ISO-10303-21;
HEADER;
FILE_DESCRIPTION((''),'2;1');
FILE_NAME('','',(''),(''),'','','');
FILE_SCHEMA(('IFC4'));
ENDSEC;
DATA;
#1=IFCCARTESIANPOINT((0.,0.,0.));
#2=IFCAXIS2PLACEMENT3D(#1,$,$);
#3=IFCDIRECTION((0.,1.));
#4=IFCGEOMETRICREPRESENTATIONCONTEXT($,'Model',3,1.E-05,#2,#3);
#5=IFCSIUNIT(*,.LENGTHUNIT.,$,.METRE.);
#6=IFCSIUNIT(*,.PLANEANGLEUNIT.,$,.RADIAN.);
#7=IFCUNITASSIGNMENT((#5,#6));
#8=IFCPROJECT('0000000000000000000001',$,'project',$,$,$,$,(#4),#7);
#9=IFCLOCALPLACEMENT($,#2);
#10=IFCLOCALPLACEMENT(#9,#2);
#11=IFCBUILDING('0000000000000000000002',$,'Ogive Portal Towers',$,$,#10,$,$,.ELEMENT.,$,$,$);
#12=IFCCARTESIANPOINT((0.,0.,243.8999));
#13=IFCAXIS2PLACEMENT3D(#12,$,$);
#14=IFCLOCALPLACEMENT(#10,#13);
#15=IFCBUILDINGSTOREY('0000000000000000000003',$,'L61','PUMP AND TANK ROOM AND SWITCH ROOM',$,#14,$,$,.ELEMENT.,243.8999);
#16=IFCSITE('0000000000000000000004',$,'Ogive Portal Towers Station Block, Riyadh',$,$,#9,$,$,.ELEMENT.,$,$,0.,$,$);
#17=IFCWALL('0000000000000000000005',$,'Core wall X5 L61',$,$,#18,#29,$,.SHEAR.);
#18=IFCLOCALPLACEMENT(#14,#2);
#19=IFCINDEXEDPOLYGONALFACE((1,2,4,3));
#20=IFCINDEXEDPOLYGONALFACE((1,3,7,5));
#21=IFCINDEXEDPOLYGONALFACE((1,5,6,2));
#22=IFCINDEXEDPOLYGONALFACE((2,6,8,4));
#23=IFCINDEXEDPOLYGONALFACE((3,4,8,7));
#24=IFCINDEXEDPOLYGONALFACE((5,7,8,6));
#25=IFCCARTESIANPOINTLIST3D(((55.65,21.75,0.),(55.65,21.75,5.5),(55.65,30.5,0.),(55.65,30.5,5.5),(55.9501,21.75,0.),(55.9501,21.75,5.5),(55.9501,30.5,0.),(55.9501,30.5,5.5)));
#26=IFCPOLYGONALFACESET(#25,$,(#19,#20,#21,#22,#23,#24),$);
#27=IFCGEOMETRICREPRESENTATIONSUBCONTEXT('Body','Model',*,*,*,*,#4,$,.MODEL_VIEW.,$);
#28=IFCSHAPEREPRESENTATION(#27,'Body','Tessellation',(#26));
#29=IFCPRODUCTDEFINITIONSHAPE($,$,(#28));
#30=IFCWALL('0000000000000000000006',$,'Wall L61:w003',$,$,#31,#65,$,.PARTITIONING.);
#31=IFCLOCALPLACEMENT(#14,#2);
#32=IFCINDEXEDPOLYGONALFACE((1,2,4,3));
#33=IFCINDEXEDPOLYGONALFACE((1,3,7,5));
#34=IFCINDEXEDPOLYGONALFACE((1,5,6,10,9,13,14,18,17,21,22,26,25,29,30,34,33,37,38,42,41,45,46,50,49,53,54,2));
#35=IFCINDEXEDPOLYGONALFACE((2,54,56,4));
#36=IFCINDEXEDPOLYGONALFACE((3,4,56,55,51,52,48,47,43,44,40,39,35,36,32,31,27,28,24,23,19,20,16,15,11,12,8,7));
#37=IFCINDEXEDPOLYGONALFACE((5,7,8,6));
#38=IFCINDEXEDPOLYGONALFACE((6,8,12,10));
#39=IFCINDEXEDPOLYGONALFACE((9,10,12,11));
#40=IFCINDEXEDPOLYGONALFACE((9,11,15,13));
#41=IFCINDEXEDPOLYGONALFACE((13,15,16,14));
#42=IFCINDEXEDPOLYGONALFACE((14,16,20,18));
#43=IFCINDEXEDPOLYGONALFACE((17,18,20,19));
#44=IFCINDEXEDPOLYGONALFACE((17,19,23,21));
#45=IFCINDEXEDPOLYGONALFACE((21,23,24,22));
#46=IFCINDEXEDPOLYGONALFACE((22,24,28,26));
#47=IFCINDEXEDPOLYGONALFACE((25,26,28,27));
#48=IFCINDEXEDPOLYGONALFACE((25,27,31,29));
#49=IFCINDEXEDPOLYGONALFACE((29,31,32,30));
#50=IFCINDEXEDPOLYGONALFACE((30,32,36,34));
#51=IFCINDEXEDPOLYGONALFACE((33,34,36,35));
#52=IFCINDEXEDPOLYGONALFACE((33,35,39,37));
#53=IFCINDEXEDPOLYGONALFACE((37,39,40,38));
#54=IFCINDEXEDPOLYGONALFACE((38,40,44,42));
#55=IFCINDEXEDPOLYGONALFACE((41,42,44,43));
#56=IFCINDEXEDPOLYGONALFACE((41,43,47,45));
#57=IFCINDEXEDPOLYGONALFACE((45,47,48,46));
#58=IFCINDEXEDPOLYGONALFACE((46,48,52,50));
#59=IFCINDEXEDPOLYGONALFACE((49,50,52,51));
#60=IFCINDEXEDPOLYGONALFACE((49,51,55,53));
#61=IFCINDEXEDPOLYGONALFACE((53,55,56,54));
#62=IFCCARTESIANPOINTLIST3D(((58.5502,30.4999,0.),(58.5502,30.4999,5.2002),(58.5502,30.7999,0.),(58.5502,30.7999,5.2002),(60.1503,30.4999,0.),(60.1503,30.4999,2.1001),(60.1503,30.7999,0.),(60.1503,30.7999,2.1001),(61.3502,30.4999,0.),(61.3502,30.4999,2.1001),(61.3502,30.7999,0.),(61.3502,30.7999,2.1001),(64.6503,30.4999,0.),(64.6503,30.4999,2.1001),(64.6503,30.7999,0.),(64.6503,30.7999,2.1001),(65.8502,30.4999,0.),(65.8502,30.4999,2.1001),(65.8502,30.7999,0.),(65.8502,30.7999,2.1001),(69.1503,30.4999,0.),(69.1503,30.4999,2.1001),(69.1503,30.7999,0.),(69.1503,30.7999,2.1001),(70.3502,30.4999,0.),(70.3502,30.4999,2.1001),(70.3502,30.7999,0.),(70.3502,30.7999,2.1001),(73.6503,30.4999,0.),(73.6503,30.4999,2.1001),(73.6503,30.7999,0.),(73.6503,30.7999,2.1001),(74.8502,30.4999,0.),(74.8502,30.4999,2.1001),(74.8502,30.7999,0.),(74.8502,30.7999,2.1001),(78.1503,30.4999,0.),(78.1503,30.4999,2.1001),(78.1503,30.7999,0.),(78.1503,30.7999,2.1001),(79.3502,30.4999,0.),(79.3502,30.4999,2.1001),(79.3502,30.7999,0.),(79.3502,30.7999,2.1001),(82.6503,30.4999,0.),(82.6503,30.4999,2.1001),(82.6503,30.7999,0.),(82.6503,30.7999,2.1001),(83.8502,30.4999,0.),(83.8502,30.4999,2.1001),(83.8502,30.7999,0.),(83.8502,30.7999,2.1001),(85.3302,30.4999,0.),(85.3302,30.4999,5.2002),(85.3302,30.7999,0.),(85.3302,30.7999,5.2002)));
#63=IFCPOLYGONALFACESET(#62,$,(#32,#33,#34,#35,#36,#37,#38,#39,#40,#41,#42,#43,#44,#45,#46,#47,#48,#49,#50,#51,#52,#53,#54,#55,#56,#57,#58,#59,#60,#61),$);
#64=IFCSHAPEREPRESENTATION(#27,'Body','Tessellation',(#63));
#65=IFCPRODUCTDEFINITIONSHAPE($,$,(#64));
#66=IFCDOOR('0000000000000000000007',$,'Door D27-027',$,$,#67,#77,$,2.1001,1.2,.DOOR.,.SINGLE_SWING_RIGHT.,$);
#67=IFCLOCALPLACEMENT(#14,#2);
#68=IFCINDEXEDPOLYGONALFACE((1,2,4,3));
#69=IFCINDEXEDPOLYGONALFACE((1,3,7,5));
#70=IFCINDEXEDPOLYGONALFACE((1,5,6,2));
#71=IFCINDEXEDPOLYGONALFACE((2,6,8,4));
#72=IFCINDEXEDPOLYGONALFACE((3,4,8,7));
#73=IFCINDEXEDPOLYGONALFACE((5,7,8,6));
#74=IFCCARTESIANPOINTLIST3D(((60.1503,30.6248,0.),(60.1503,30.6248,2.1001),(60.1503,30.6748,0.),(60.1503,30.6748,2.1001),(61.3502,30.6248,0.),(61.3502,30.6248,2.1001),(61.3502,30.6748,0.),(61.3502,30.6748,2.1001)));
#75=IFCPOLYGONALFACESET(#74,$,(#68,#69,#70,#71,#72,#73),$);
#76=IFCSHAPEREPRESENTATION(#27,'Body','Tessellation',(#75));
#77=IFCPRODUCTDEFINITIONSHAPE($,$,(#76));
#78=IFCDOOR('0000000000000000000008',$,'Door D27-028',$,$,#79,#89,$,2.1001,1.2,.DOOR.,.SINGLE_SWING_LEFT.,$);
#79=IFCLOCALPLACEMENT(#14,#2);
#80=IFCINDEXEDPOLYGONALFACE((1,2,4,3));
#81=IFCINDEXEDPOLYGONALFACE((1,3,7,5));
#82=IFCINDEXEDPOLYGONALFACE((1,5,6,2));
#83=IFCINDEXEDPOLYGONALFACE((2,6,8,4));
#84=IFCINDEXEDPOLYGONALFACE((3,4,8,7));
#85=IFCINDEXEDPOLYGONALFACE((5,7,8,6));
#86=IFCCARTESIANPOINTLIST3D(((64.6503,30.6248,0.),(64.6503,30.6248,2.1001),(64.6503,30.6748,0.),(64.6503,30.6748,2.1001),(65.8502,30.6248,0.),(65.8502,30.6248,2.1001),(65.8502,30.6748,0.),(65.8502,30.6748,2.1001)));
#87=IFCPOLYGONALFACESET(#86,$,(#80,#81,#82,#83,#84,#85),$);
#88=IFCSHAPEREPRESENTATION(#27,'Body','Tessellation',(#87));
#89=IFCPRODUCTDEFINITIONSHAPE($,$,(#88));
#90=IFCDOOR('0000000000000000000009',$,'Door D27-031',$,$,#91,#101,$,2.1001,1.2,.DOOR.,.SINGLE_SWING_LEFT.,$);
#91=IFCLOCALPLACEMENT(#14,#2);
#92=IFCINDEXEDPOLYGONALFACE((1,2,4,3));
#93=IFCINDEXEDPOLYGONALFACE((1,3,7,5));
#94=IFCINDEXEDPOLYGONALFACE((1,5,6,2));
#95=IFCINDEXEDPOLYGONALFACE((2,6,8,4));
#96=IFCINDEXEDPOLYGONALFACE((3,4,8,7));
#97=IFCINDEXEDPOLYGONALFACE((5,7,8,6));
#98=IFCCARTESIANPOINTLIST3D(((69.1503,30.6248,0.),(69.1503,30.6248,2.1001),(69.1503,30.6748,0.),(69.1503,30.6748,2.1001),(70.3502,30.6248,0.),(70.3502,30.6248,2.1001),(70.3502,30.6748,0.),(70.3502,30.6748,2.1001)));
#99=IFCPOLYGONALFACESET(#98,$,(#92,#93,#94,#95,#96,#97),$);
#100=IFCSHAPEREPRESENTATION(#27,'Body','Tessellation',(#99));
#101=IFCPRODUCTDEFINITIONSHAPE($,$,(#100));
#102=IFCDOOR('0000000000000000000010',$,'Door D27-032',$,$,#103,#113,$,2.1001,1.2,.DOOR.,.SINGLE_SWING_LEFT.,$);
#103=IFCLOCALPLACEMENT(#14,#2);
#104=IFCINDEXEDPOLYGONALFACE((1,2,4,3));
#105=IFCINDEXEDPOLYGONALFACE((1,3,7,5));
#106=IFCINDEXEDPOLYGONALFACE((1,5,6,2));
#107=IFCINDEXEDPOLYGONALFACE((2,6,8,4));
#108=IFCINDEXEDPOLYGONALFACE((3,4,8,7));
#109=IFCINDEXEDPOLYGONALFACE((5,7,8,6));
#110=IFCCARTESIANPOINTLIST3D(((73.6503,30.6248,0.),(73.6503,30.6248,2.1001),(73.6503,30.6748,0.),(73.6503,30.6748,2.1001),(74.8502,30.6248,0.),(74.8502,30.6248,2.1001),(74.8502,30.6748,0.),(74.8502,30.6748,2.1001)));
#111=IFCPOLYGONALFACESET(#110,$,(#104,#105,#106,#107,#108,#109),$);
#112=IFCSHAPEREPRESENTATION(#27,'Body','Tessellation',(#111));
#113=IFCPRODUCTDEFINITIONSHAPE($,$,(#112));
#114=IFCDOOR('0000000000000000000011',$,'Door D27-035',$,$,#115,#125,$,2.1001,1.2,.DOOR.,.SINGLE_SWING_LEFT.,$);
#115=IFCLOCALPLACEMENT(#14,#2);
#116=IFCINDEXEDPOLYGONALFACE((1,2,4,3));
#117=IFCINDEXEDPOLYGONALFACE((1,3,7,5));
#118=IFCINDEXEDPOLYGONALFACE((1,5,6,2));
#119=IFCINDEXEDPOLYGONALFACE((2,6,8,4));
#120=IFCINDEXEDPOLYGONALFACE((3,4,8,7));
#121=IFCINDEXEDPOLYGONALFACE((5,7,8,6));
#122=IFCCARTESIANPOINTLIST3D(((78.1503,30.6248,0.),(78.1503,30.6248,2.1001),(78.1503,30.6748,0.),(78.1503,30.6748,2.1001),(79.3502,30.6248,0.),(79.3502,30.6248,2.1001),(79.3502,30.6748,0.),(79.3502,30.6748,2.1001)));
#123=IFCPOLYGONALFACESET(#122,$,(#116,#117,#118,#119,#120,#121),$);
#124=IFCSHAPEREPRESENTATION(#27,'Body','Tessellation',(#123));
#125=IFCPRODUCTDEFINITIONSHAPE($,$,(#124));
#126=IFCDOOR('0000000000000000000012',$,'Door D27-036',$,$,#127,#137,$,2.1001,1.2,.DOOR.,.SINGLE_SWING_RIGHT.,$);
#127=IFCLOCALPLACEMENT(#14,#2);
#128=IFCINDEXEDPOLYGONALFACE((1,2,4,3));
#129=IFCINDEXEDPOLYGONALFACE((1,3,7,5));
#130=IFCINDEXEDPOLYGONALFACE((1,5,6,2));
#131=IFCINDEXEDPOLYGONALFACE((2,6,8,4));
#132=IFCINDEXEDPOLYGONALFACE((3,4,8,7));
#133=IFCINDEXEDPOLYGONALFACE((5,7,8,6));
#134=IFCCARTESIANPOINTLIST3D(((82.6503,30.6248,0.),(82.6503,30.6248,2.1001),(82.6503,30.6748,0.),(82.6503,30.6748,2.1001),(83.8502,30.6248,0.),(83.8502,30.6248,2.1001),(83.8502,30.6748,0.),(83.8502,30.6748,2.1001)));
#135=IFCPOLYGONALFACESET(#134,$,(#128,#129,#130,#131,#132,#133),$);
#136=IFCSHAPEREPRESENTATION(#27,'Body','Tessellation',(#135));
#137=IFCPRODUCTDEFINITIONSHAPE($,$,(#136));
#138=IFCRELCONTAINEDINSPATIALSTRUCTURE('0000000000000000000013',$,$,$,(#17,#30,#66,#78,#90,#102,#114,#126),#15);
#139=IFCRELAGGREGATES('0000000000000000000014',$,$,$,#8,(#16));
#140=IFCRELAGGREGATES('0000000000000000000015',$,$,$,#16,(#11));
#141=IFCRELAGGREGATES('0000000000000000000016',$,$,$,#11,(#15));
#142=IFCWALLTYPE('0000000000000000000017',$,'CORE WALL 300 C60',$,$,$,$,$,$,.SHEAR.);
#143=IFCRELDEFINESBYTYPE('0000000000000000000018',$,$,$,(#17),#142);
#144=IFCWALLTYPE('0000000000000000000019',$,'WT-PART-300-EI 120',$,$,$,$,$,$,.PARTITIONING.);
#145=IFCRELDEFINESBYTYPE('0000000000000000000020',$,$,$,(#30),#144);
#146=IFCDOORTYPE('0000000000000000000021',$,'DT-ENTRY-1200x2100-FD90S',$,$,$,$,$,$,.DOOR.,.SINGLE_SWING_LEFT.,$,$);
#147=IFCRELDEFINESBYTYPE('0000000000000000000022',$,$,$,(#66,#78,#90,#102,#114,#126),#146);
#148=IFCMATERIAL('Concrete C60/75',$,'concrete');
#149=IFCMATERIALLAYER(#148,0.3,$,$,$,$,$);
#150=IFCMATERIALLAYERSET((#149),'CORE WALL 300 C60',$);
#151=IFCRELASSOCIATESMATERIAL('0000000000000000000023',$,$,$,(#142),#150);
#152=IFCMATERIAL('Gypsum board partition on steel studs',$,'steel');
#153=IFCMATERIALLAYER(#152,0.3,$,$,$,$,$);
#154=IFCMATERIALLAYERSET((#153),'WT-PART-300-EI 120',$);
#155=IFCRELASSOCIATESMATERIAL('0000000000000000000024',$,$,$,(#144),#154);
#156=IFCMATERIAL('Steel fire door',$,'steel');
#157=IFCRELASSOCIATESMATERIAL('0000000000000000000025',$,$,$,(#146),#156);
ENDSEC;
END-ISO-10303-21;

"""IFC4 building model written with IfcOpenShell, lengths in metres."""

from ifc_helpers import new_model, si_unit, direction, frame, frame_2d, origin, place, context, subcontext, project, spatial, rectangle, extrude, material, layer, layer_set, type_object, element, fill, save


model = new_model("IFC4")

# Units and contexts
model_context = context("Model", 3, precision=1e-05, world=origin(), true_north=direction((0.0, 1.0)))
body_context = subcontext(model_context, "Body", "Model", "MODEL_VIEW")
ifc_project = project(units=[si_unit("LENGTHUNIT", "METRE"), si_unit("PLANEANGLEUNIT", "RADIAN")], contexts=[model_context])

# Site, building, storey
site_placement = place(None, origin())
site = spatial("IfcSite", under=ifc_project, at=site_placement, Name="Ogive Portal Towers Station Block, Riyadh", CompositionType="ELEMENT", RefElevation=0.0)
building_placement = place(site_placement, origin())
building = spatial("IfcBuilding", under=site, at=building_placement, Name="Ogive Portal Towers", CompositionType="ELEMENT")
storey_placement = place(building_placement, frame((0.0, 0.0, 243.8999)))
storey = spatial("IfcBuildingStorey", under=building, at=storey_placement, Name="L61", Description="PUMP AND TANK ROOM AND SWITCH ROOM", CompositionType="ELEMENT", Elevation=243.8999)

# Wall
ifc_material_1 = material(Name="Concrete C60/75", Category="concrete")
ifc_layer_1 = layer(ifc_material_1, 0.3)
ifc_layer_set_1 = layer_set([ifc_layer_1], Name="CORE WALL 300 C60")
wall_type_1 = type_object("IfcWallType", Name="CORE WALL 300 C60", PredefinedType="SHEAR", material=ifc_layer_set_1)
wall_1_placement = place(storey_placement, frame((55.8, 21.75, 0.0), z_axis=(0.0, 0.0, 1.0), x_axis=(0.0, 1.0, 0.0)))
element("IfcWall", 1, at=wall_1_placement, inside=storey, type_object=wall_type_1, Name="Core wall X5 L61", PredefinedType="SHEAR", context=body_context, shape_type="SweptSolid", body=[
    extrude(rectangle(XDim=8.75, YDim=0.3, at=frame_2d((4.375, 0.0))), origin(), (0.0, 0.0, 1.0), 5.5),
])

# Wall, openings, doors
ifc_material_2 = material(Name="Gypsum board partition on steel studs", Category="steel")
ifc_layer_2 = layer(ifc_material_2, 0.3)
ifc_layer_set_2 = layer_set([ifc_layer_2], Name="WT-PART-300-EI 120")
wall_type_2 = type_object("IfcWallType", Name="WT-PART-300-EI 120", PredefinedType="PARTITIONING", material=ifc_layer_set_2)
wall_2_placement = place(storey_placement, frame((58.55, 30.6499, 0.0), z_axis=(0.0, 0.0, 1.0), x_axis=(1.0, 0.0, 0.0)))
wall_2 = element("IfcWall", 2, at=wall_2_placement, inside=storey, type_object=wall_type_2, Name="Wall L61:w003", PredefinedType="PARTITIONING", context=body_context, shape_type="SweptSolid", body=[
    extrude(rectangle(XDim=26.78, YDim=0.3, at=frame_2d((13.3901, 0.0))), origin(), (0.0, 0.0, 1.0), 5.2002),
])
opening_1_placement = place(wall_2_placement, frame((1.6001, 0.0, 0.0)))
opening_1 = element("IfcOpeningElement", 3, at=opening_1_placement, cuts=wall_2, PredefinedType="OPENING", context=body_context, shape_type="SweptSolid", body=[
    extrude(rectangle(XDim=1.2, YDim=2.1001, at=frame_2d((0.6001, 1.05))), frame((0.0, 0.1602, 0.0), z_axis=(0.0, -1.0, 0.0), x_axis=(1.0, 0.0, 0.0)), (0.0, 0.0, 1.0), 0.3201),
])
opening_2_placement = place(wall_2_placement, frame((6.1001, 0.0, 0.0)))
opening_2 = element("IfcOpeningElement", 4, at=opening_2_placement, cuts=wall_2, PredefinedType="OPENING", context=body_context, shape_type="SweptSolid", body=[
    extrude(rectangle(XDim=1.2, YDim=2.1001, at=frame_2d((0.6001, 1.05))), frame((0.0, 0.1602, 0.0), z_axis=(0.0, -1.0, 0.0), x_axis=(1.0, 0.0, 0.0)), (0.0, 0.0, 1.0), 0.3201),
])
opening_3_placement = place(wall_2_placement, frame((10.6001, 0.0, 0.0)))
opening_3 = element("IfcOpeningElement", 5, at=opening_3_placement, cuts=wall_2, PredefinedType="OPENING", context=body_context, shape_type="SweptSolid", body=[
    extrude(rectangle(XDim=1.2, YDim=2.1001, at=frame_2d((0.6001, 1.05))), frame((0.0, 0.1602, 0.0), z_axis=(0.0, -1.0, 0.0), x_axis=(1.0, 0.0, 0.0)), (0.0, 0.0, 1.0), 0.3201),
])
opening_4_placement = place(wall_2_placement, frame((15.1001, 0.0, 0.0)))
opening_4 = element("IfcOpeningElement", 6, at=opening_4_placement, cuts=wall_2, PredefinedType="OPENING", context=body_context, shape_type="SweptSolid", body=[
    extrude(rectangle(XDim=1.2, YDim=2.1001, at=frame_2d((0.6001, 1.05))), frame((0.0, 0.1602, 0.0), z_axis=(0.0, -1.0, 0.0), x_axis=(1.0, 0.0, 0.0)), (0.0, 0.0, 1.0), 0.3201),
])
opening_5_placement = place(wall_2_placement, frame((19.6001, 0.0, 0.0)))
opening_5 = element("IfcOpeningElement", 7, at=opening_5_placement, cuts=wall_2, PredefinedType="OPENING", context=body_context, shape_type="SweptSolid", body=[
    extrude(rectangle(XDim=1.2, YDim=2.1001, at=frame_2d((0.6001, 1.05))), frame((0.0, 0.1602, 0.0), z_axis=(0.0, -1.0, 0.0), x_axis=(1.0, 0.0, 0.0)), (0.0, 0.0, 1.0), 0.3201),
])
opening_6_placement = place(wall_2_placement, frame((24.1001, 0.0, 0.0)))
opening_6 = element("IfcOpeningElement", 8, at=opening_6_placement, cuts=wall_2, PredefinedType="OPENING", context=body_context, shape_type="SweptSolid", body=[
    extrude(rectangle(XDim=1.2, YDim=2.1001, at=frame_2d((0.6001, 1.05))), frame((0.0, 0.1602, 0.0), z_axis=(0.0, -1.0, 0.0), x_axis=(1.0, 0.0, 0.0)), (0.0, 0.0, 1.0), 0.3201),
])
ifc_material_3 = material(Name="Steel fire door", Category="steel")
door_type_1 = type_object("IfcDoorType", Name="DT-ENTRY-1200x2100-FD90S", OperationType="SINGLE_SWING_LEFT", PredefinedType="DOOR", material=ifc_material_3)
door_1_placement = place(opening_1_placement, origin())
door_1 = element("IfcDoor", 9, at=door_1_placement, inside=storey, type_object=door_type_1, Name="Door D27-027", OperationType="SINGLE_SWING_RIGHT", OverallHeight=2.1001, OverallWidth=1.2, PredefinedType="DOOR", context=body_context, shape_type="SweptSolid", body=[
    extrude(rectangle(XDim=1.2, YDim=2.1001, at=frame_2d((0.6001, 1.05))), frame((0.0, 0.0249, 0.0), z_axis=(0.0, -1.0, 0.0), x_axis=(1.0, 0.0, 0.0)), (0.0, 0.0, 1.0), 0.05),
])
fill(opening_1, door_1)
door_2_placement = place(opening_2_placement, origin())
door_2 = element("IfcDoor", 10, at=door_2_placement, inside=storey, type_object=door_type_1, Name="Door D27-028", OperationType="SINGLE_SWING_LEFT", OverallHeight=2.1001, OverallWidth=1.2, PredefinedType="DOOR", context=body_context, shape_type="SweptSolid", body=[
    extrude(rectangle(XDim=1.2, YDim=2.1001, at=frame_2d((0.6001, 1.05))), frame((0.0, 0.0249, 0.0), z_axis=(0.0, -1.0, 0.0), x_axis=(1.0, 0.0, 0.0)), (0.0, 0.0, 1.0), 0.05),
])
fill(opening_2, door_2)
door_3_placement = place(opening_3_placement, origin())
door_3 = element("IfcDoor", 11, at=door_3_placement, inside=storey, type_object=door_type_1, Name="Door D27-031", OperationType="SINGLE_SWING_LEFT", OverallHeight=2.1001, OverallWidth=1.2, PredefinedType="DOOR", context=body_context, shape_type="SweptSolid", body=[
    extrude(rectangle(XDim=1.2, YDim=2.1001, at=frame_2d((0.6001, 1.05))), frame((0.0, 0.0249, 0.0), z_axis=(0.0, -1.0, 0.0), x_axis=(1.0, 0.0, 0.0)), (0.0, 0.0, 1.0), 0.05),
])
fill(opening_3, door_3)
door_4_placement = place(opening_4_placement, origin())
door_4 = element("IfcDoor", 12, at=door_4_placement, inside=storey, type_object=door_type_1, Name="Door D27-032", OperationType="SINGLE_SWING_LEFT", OverallHeight=2.1001, OverallWidth=1.2, PredefinedType="DOOR", context=body_context, shape_type="SweptSolid", body=[
    extrude(rectangle(XDim=1.2, YDim=2.1001, at=frame_2d((0.6001, 1.05))), frame((0.0, 0.0249, 0.0), z_axis=(0.0, -1.0, 0.0), x_axis=(1.0, 0.0, 0.0)), (0.0, 0.0, 1.0), 0.05),
])
fill(opening_4, door_4)
door_5_placement = place(opening_5_placement, origin())
door_5 = element("IfcDoor", 13, at=door_5_placement, inside=storey, type_object=door_type_1, Name="Door D27-035", OperationType="SINGLE_SWING_LEFT", OverallHeight=2.1001, OverallWidth=1.2, PredefinedType="DOOR", context=body_context, shape_type="SweptSolid", body=[
    extrude(rectangle(XDim=1.2, YDim=2.1001, at=frame_2d((0.6001, 1.05))), frame((0.0, 0.0249, 0.0), z_axis=(0.0, -1.0, 0.0), x_axis=(1.0, 0.0, 0.0)), (0.0, 0.0, 1.0), 0.05),
])
fill(opening_5, door_5)
door_6_placement = place(opening_6_placement, origin())
door_6 = element("IfcDoor", 14, at=door_6_placement, inside=storey, type_object=door_type_1, Name="Door D27-036", OperationType="SINGLE_SWING_RIGHT", OverallHeight=2.1001, OverallWidth=1.2, PredefinedType="DOOR", context=body_context, shape_type="SweptSolid", body=[
    extrude(rectangle(XDim=1.2, YDim=2.1001, at=frame_2d((0.6001, 1.05))), frame((0.0, 0.0249, 0.0), z_axis=(0.0, -1.0, 0.0), x_axis=(1.0, 0.0, 0.0)), (0.0, 0.0, 1.0), 0.05),
])
fill(opening_6, door_6)

save(model, "model.ifc")
